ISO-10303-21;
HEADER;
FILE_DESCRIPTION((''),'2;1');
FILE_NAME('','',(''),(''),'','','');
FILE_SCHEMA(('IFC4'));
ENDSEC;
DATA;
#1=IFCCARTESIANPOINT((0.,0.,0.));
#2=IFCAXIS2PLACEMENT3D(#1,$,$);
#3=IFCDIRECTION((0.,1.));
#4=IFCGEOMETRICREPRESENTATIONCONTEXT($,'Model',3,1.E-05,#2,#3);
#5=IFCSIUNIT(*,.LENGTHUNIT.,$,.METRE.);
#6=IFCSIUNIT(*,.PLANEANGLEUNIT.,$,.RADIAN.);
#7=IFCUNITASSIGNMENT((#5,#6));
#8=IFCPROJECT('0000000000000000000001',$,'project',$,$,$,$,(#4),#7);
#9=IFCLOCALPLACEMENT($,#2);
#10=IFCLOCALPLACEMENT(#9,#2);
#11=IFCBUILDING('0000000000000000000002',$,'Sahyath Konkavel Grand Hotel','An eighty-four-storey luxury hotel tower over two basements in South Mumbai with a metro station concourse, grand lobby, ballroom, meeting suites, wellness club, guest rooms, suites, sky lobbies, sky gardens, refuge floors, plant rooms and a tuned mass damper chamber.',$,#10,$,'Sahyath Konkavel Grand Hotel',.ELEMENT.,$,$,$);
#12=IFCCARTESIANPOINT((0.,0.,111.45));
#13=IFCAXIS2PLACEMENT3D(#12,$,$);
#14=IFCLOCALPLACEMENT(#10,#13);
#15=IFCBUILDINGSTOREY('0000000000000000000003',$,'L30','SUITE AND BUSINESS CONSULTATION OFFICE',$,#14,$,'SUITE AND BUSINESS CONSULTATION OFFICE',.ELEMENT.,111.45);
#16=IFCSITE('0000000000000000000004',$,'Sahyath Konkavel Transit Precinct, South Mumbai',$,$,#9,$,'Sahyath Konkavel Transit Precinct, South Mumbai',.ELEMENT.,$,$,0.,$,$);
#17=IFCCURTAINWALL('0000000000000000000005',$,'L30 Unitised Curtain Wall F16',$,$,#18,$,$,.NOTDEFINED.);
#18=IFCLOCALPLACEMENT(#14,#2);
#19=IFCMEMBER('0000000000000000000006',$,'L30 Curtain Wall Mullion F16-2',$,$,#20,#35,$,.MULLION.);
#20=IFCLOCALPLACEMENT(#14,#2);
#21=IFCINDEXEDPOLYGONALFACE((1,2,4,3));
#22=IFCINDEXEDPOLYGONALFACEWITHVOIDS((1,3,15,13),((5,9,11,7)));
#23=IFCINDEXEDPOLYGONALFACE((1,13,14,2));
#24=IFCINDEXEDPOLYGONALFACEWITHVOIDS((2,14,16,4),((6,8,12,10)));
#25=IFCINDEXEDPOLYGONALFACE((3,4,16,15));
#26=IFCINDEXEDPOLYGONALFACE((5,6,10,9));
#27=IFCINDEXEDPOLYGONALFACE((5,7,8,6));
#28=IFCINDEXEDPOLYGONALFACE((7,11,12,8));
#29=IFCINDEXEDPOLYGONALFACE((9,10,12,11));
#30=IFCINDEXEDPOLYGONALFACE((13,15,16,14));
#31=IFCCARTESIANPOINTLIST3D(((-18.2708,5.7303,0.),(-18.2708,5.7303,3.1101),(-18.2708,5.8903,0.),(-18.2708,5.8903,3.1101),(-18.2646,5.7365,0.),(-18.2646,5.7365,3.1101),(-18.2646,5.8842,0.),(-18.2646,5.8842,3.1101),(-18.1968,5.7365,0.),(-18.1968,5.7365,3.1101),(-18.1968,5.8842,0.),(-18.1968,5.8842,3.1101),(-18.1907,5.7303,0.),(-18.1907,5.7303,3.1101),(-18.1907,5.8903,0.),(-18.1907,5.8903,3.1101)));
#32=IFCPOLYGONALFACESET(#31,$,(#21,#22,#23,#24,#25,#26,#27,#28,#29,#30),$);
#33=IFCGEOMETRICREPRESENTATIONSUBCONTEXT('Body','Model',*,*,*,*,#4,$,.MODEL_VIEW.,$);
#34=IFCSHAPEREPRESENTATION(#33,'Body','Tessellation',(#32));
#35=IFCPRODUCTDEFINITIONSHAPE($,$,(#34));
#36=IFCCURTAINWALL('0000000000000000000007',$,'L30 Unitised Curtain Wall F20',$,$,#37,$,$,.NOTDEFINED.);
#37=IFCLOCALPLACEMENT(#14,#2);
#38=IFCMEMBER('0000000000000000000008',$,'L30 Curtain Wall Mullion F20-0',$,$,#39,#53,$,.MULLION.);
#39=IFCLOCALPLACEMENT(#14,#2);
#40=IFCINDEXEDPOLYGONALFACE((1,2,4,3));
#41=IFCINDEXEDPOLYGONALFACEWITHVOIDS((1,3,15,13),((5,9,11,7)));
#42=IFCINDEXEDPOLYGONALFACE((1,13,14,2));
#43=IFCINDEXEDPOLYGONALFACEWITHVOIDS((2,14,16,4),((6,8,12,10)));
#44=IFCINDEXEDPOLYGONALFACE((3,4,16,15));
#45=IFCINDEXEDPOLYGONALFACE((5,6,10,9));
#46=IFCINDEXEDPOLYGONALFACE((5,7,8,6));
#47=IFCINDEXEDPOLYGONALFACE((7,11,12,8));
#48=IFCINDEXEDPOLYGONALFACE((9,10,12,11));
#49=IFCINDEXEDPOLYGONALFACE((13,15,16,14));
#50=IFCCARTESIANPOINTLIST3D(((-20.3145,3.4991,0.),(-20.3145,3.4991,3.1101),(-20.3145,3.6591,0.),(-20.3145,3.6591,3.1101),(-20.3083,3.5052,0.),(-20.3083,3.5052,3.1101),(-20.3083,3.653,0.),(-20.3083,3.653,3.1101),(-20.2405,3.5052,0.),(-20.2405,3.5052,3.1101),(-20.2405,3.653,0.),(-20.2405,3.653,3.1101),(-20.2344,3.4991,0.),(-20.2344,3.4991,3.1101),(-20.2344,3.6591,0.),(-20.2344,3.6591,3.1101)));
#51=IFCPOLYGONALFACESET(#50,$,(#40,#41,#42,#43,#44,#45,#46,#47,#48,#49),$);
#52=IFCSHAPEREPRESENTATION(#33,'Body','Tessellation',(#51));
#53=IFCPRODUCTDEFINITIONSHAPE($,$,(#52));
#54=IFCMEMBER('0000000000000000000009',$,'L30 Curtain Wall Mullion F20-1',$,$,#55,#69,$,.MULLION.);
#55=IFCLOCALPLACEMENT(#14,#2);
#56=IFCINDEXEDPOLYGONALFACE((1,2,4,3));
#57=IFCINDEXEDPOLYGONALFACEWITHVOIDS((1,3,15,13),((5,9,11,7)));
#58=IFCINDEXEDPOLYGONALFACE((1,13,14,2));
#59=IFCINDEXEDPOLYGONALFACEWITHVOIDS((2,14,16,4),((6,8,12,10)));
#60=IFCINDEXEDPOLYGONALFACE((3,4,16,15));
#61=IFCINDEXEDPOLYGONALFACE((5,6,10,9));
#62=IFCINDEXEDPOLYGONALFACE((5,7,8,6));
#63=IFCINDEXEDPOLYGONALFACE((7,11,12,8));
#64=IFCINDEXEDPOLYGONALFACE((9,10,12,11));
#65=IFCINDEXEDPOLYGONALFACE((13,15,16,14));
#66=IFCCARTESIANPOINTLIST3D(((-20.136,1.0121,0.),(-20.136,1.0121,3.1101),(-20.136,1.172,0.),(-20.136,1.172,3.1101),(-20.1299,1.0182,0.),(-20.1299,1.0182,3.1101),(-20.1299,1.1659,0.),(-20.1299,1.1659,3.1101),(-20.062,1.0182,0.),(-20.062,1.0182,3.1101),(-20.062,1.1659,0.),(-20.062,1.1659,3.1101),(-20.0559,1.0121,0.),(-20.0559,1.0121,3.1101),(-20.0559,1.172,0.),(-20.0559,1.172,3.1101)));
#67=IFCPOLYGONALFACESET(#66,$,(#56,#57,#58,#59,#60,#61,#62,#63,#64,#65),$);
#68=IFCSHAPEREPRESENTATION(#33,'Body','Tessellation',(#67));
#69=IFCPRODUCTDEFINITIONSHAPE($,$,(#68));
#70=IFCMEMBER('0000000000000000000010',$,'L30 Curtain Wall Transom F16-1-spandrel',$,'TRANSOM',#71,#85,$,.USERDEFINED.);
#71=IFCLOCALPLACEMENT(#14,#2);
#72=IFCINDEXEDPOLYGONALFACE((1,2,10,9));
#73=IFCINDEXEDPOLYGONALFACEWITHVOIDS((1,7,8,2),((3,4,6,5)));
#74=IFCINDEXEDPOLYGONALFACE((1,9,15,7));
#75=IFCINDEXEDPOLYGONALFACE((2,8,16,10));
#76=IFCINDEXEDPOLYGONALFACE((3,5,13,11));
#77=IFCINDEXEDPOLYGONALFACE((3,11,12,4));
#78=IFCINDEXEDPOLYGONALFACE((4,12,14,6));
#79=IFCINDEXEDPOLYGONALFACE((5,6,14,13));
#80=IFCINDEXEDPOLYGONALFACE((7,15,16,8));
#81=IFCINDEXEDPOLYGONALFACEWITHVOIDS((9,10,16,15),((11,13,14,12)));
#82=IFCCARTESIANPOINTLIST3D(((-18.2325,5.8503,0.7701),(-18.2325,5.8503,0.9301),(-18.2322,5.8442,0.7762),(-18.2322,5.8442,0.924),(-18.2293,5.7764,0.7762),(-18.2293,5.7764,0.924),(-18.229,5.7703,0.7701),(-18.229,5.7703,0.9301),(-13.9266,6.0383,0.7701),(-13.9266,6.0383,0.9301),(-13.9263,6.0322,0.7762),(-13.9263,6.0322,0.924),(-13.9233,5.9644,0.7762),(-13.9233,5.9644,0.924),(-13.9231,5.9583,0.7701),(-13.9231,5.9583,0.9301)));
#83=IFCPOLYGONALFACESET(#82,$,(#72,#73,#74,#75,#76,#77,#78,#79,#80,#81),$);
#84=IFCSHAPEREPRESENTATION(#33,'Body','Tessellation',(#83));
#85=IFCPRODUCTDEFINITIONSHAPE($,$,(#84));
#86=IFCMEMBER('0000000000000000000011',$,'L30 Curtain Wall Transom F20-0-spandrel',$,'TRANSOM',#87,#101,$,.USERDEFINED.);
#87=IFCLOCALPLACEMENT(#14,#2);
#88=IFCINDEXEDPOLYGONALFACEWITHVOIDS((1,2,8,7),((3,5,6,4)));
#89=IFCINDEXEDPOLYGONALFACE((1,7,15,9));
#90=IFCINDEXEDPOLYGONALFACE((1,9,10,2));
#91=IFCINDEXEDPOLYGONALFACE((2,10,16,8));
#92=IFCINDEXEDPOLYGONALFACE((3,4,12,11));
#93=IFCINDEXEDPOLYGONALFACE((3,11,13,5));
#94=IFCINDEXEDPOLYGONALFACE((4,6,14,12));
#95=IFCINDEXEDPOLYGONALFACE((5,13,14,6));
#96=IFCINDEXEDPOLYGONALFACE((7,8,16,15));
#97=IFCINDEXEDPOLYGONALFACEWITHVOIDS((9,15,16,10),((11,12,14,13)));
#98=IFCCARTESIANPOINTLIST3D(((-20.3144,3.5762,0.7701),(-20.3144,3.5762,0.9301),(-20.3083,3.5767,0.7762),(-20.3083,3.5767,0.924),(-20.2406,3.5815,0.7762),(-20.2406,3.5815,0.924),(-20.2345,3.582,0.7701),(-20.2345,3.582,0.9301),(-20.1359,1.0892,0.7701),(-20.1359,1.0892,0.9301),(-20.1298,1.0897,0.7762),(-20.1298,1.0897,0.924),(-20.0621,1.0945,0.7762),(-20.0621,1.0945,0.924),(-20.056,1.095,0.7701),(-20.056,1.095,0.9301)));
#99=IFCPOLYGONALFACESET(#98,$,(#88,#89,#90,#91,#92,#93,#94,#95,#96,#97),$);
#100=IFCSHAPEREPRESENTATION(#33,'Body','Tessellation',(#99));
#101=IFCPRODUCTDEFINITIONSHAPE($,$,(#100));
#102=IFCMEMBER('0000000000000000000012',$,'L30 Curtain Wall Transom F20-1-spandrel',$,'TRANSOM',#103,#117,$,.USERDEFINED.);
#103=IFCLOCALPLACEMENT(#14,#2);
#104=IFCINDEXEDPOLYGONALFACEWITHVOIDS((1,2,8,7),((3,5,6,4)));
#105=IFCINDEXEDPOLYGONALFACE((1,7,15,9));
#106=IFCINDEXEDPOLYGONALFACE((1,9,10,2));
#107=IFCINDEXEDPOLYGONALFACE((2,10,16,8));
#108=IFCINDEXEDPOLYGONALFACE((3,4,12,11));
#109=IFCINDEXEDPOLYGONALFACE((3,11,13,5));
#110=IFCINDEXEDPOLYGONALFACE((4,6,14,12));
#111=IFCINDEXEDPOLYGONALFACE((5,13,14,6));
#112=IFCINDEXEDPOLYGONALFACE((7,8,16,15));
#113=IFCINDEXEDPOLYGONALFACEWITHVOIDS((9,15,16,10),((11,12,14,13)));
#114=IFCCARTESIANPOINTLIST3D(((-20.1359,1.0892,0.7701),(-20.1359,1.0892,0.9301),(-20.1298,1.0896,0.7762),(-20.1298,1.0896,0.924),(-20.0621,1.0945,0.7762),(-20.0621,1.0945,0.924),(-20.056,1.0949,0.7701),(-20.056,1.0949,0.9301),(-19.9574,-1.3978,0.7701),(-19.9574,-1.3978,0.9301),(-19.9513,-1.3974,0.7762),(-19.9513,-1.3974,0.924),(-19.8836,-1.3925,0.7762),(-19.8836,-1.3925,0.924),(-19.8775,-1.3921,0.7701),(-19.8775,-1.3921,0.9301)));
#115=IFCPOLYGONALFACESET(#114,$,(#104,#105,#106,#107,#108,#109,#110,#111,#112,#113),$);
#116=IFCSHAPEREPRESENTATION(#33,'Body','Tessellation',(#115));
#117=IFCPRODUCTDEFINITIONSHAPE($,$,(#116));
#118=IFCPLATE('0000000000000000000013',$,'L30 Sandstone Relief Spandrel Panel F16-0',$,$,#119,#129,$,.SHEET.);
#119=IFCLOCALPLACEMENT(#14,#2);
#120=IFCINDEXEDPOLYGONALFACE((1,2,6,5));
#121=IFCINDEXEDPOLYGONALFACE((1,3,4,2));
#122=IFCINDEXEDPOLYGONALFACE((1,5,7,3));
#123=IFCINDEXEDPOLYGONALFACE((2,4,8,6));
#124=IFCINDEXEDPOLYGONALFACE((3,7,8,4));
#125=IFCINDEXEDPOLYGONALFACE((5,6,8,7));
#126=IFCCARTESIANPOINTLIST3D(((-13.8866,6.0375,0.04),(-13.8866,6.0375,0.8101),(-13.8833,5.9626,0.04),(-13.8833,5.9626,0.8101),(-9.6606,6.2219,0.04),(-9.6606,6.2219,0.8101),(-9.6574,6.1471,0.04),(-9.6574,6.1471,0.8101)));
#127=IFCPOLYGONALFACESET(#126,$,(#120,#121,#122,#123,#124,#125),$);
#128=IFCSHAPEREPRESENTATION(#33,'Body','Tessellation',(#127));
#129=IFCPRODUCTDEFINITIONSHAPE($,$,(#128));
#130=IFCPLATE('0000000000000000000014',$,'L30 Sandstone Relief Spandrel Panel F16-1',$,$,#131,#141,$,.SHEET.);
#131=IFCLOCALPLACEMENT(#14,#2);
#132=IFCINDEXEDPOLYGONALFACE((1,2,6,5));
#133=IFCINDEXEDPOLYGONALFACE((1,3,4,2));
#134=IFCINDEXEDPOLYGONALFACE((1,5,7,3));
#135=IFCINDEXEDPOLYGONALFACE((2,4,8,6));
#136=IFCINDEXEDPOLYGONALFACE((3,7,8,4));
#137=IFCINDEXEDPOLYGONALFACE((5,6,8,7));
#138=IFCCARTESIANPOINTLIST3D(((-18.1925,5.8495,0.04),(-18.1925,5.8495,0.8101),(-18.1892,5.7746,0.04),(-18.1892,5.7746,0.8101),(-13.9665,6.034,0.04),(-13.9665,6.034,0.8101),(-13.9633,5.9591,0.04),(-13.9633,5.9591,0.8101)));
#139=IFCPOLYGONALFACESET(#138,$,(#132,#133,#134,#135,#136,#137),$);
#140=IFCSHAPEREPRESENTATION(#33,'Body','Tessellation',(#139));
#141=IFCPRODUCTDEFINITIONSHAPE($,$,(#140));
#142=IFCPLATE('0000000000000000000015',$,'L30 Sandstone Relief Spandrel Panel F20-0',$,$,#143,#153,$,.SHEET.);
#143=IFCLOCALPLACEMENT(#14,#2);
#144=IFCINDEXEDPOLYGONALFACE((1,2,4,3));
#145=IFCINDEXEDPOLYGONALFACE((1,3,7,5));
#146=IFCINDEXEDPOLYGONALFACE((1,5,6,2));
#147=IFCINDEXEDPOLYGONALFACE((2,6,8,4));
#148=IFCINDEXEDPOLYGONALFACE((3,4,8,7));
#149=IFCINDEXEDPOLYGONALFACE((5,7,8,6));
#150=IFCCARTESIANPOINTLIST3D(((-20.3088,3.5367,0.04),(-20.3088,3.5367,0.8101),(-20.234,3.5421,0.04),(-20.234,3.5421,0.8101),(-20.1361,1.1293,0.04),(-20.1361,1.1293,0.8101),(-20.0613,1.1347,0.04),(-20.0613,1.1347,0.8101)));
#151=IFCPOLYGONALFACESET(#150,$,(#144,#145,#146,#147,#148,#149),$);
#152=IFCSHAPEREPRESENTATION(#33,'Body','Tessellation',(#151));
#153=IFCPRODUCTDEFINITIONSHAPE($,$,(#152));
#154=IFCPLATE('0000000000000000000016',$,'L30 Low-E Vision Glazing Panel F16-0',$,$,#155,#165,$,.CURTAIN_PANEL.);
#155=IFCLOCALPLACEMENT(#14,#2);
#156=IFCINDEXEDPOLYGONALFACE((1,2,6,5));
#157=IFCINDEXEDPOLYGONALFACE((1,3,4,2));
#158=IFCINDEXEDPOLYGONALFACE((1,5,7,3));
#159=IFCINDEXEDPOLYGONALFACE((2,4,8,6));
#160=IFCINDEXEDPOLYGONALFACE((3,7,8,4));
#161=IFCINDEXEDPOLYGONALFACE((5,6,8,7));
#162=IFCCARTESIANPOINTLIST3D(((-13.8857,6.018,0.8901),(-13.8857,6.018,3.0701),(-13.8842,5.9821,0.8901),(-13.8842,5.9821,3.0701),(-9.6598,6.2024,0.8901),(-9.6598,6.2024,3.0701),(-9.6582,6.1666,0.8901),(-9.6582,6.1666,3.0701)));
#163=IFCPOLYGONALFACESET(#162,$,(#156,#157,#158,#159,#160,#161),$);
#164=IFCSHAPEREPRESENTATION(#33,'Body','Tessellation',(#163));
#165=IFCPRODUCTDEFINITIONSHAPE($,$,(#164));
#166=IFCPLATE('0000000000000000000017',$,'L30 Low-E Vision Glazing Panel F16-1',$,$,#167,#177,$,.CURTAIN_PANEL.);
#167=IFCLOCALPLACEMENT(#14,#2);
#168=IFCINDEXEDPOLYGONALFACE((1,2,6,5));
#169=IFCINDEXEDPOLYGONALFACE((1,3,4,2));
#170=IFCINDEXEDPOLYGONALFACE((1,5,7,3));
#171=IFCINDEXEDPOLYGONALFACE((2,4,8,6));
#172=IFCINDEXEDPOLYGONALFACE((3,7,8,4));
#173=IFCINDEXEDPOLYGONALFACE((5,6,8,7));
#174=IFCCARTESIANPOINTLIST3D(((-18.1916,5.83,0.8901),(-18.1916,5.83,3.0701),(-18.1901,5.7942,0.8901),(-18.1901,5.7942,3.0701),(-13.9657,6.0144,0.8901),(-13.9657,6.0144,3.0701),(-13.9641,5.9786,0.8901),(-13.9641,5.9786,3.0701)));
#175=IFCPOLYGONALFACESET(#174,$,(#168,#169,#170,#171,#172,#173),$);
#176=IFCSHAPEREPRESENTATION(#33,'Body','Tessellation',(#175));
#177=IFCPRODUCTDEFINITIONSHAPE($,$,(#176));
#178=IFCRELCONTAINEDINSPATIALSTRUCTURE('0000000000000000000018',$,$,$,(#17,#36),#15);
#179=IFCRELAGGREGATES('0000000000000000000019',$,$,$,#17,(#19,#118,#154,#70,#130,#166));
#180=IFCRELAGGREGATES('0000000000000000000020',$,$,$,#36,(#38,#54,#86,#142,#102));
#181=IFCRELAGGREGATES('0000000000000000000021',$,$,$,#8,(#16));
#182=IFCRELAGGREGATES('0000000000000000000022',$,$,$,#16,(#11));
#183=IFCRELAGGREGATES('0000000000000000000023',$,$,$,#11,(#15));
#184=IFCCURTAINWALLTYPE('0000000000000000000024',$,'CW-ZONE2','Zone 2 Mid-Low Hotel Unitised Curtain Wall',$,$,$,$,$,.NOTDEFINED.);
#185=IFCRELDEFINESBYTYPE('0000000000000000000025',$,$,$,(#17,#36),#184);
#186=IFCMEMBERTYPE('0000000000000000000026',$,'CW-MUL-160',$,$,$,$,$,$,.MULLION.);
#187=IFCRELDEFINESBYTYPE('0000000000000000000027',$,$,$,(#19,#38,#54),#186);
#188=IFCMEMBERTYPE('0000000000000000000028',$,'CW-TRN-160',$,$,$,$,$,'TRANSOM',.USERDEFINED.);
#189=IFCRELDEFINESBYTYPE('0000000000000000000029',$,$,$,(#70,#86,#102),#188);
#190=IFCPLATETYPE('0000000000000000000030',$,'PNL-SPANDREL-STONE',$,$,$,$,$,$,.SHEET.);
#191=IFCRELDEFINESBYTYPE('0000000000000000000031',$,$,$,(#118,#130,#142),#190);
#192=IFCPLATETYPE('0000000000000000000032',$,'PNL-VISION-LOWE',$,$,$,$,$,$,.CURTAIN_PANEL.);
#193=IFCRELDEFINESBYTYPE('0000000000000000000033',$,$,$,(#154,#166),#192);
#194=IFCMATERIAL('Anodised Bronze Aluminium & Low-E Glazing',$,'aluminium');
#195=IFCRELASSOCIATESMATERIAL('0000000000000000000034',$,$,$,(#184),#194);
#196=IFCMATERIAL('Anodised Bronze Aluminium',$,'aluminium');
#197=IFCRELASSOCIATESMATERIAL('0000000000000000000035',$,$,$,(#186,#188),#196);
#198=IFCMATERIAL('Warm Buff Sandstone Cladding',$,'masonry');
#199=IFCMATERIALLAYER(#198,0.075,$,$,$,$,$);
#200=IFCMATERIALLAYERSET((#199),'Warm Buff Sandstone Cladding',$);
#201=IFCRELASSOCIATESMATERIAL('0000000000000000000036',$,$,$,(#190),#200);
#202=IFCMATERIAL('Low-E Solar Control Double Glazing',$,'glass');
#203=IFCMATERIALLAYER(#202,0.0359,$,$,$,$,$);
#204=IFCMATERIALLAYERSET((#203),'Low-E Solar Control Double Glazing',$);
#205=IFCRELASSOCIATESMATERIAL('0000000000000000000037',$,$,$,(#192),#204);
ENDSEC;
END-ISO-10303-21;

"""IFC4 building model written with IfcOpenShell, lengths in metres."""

from ifc_helpers import new_model, si_unit, direction, frame, origin, origin_2d, place, context, subcontext, project, spatial, rectangle, hollow_rectangle, extrude, source, transform, mapped, material, layer, layer_set, material_profile, profile_set, type_object, element, aggregate, save


model = new_model("IFC4")

# Units and contexts
model_context = context("Model", 3, precision=1e-05, world=origin(), true_north=direction((0.0, 1.0)))
body_context = subcontext(model_context, "Body", "Model", "MODEL_VIEW")
ifc_project = project(units=[si_unit("LENGTHUNIT", "METRE"), si_unit("PLANEANGLEUNIT", "RADIAN")], contexts=[model_context])

# Site, building, storey
site_placement = place(None, origin())
site = spatial("IfcSite", under=ifc_project, at=site_placement, Name="Sahyath Konkavel Transit Precinct, South Mumbai", LongName="Sahyath Konkavel Transit Precinct, South Mumbai", CompositionType="ELEMENT", RefElevation=0.0)
building_placement = place(site_placement, origin())
building = spatial("IfcBuilding", under=site, at=building_placement, Name="Sahyath Konkavel Grand Hotel", Description="An eighty-four-storey luxury hotel tower over two basements in South Mumbai with a metro station concourse, grand lobby, ballroom, meeting suites, wellness club, guest rooms, suites, sky lobbies, sky gardens, refuge floors, plant rooms and a tuned mass damper chamber.", LongName="Sahyath Konkavel Grand Hotel", CompositionType="ELEMENT")
storey_placement = place(building_placement, frame((0.0, 0.0, 111.45)))
storey = spatial("IfcBuildingStorey", under=building, at=storey_placement, Name="L30", Description="SUITE AND BUSINESS CONSULTATION OFFICE", LongName="SUITE AND BUSINESS CONSULTATION OFFICE", CompositionType="ELEMENT", Elevation=111.45)

# Curtain walls, members
ifc_material_1 = material(Name="Anodised Bronze Aluminium & Low-E Glazing", Category="aluminium")
curtain_wall_type = type_object("IfcCurtainWallType", Name="CW-ZONE2", Description="Zone 2 Mid-Low Hotel Unitised Curtain Wall", PredefinedType="NOTDEFINED", material=ifc_material_1)
curtain_wall_1_placement = place(storey_placement, origin())
curtain_wall_1 = element("IfcCurtainWall", 1, at=curtain_wall_1_placement, inside=storey, type_object=curtain_wall_type, Name="L30 Unitised Curtain Wall F16", PredefinedType="NOTDEFINED")
ifc_material_2 = material(Name="Anodised Bronze Aluminium", Category="aluminium")
ifc_material_profile_1 = material_profile(ifc_material_2, hollow_rectangle(XDim=0.0801, YDim=0.1599, WallThickness=0.0061, at=origin_2d()), Name="RHS 160x80x6")
ifc_profile_set_1 = profile_set([ifc_material_profile_1], Name="Anodised Bronze Aluminium")
member_type_1 = type_object("IfcMemberType", Name="CW-MUL-160", PredefinedType="MULLION", material=ifc_profile_set_1)
shared_shape_1 = source(origin(), body_context, "Body", "SweptSolid", [
    extrude(hollow_rectangle(XDim=0.0801, YDim=0.1599, WallThickness=0.0061, at=origin_2d()), origin(), (0.0, 0.0, 1.0), 3.1101),
])
member_1_placement = place(storey_placement, frame((-18.2307, 5.8103, 0.0), z_axis=(0.0, 0.0, 1.0), x_axis=(1.0, 0.0, 0.0)))
member_1 = element("IfcMember", 2, at=member_1_placement, type_object=member_type_1, Name="L30 Curtain Wall Mullion F16-2", PredefinedType="MULLION", context=body_context, shape_type="MappedRepresentation", body=[
    mapped(shared_shape_1, transform((0.0, 0.0, 0.0), scale=1.0)),
])
curtain_wall_2_placement = place(storey_placement, origin())
curtain_wall_2 = element("IfcCurtainWall", 3, at=curtain_wall_2_placement, inside=storey, type_object=curtain_wall_type, Name="L30 Unitised Curtain Wall F20", PredefinedType="NOTDEFINED")
member_2_placement = place(storey_placement, frame((-20.2744, 3.5791, 0.0), z_axis=(0.0, 0.0, 1.0), x_axis=(1.0, 0.0, 0.0)))
member_2 = element("IfcMember", 4, at=member_2_placement, type_object=member_type_1, Name="L30 Curtain Wall Mullion F20-0", PredefinedType="MULLION", context=body_context, shape_type="MappedRepresentation", body=[
    mapped(shared_shape_1, transform((0.0, 0.0, 0.0), scale=1.0)),
])
member_3_placement = place(storey_placement, frame((-20.0959, 1.092, 0.0), z_axis=(0.0, 0.0, 1.0), x_axis=(1.0, 0.0, 0.0)))
member_3 = element("IfcMember", 5, at=member_3_placement, type_object=member_type_1, Name="L30 Curtain Wall Mullion F20-1", PredefinedType="MULLION", context=body_context, shape_type="MappedRepresentation", body=[
    mapped(shared_shape_1, transform((0.0, 0.0, 0.0), scale=1.0)),
])

# Members
ifc_material_profile_2 = material_profile(ifc_material_2, hollow_rectangle(XDim=0.0801, YDim=0.1599, WallThickness=0.0061, at=origin_2d()), Name="RHS 160x80x6")
ifc_profile_set_2 = profile_set([ifc_material_profile_2], Name="Anodised Bronze Aluminium")
member_type_2 = type_object("IfcMemberType", Name="CW-TRN-160", ElementType="TRANSOM", PredefinedType="USERDEFINED", material=ifc_profile_set_2)
shared_shape_2 = source(origin(), body_context, "Body", "SweptSolid", [
    extrude(hollow_rectangle(XDim=0.0801, YDim=0.1599, WallThickness=0.0061, at=origin_2d()), origin(), (0.0, 0.0, 1.0), 4.3101),
])
member_4_placement = place(storey_placement, frame((-13.9248, 5.9983, 0.8501), z_axis=(-0.999048, -0.043617, 0.0), x_axis=(0.043617, -0.999048, 0.0)))
member_4 = element("IfcMember", 6, at=member_4_placement, type_object=member_type_2, Name="L30 Curtain Wall Transom F16-1-spandrel", ObjectType="TRANSOM", PredefinedType="USERDEFINED", context=body_context, shape_type="MappedRepresentation", body=[
    mapped(shared_shape_2, transform((0.0, 0.0, 0.0), scale=1.0)),
])
shared_shape_3 = source(origin(), body_context, "Body", "SweptSolid", [
    extrude(hollow_rectangle(XDim=0.0801, YDim=0.1599, WallThickness=0.0061, at=origin_2d()), origin(), (0.0, 0.0, 1.0), 2.4934),
])
member_5_placement = place(storey_placement, frame((-20.2744, 3.5791, 0.8501), z_axis=(0.071574, -0.997435, 0.0), x_axis=(0.997435, 0.071574, 0.0)))
member_5 = element("IfcMember", 7, at=member_5_placement, type_object=member_type_2, Name="L30 Curtain Wall Transom F20-0-spandrel", ObjectType="TRANSOM", PredefinedType="USERDEFINED", context=body_context, shape_type="MappedRepresentation", body=[
    mapped(shared_shape_3, transform((0.0, 0.0, 0.0), scale=1.0)),
])
member_6_placement = place(storey_placement, frame((-20.0959, 1.092, 0.8501), z_axis=(0.071574, -0.997435, 0.0), x_axis=(0.997435, 0.071574, 0.0)))
member_6 = element("IfcMember", 8, at=member_6_placement, type_object=member_type_2, Name="L30 Curtain Wall Transom F20-1-spandrel", ObjectType="TRANSOM", PredefinedType="USERDEFINED", context=body_context, shape_type="MappedRepresentation", body=[
    mapped(shared_shape_3, transform((0.0, 0.0, 0.0), scale=1.0)),
])

# Plates
ifc_material_3 = material(Name="Warm Buff Sandstone Cladding", Category="masonry")
ifc_layer_1 = layer(ifc_material_3, 0.075)
ifc_layer_set_1 = layer_set([ifc_layer_1], Name="Warm Buff Sandstone Cladding")
plate_type_1 = type_object("IfcPlateType", Name="PNL-SPANDREL-STONE", PredefinedType="SHEET", material=ifc_layer_set_1)
shared_shape_4 = source(origin(), body_context, "Body", "SweptSolid", [
    extrude(rectangle(XDim=4.23, YDim=0.075, at=origin_2d()), origin(), (0.0, 0.0, 1.0), 0.77),
])
plate_1_placement = place(storey_placement, frame((-11.772, 6.0923, 0.04), z_axis=(0.0, 0.0, 1.0), x_axis=(-0.999049, -0.043602, 0.0)))
plate_1 = element("IfcPlate", 9, at=plate_1_placement, type_object=plate_type_1, Name="L30 Sandstone Relief Spandrel Panel F16-0", PredefinedType="SHEET", context=body_context, shape_type="MappedRepresentation", body=[
    mapped(shared_shape_4, transform((0.0, 0.0, 0.0), scale=1.0)),
])
plate_2_placement = place(storey_placement, frame((-16.0779, 5.9043, 0.04), z_axis=(0.0, 0.0, 1.0), x_axis=(-0.999049, -0.043602, 0.0)))
plate_2 = element("IfcPlate", 10, at=plate_2_placement, type_object=plate_type_1, Name="L30 Sandstone Relief Spandrel Panel F16-1", PredefinedType="SHEET", context=body_context, shape_type="MappedRepresentation", body=[
    mapped(shared_shape_4, transform((0.0, 0.0, 0.0), scale=1.0)),
])
shared_shape_5 = source(origin(), body_context, "Body", "SweptSolid", [
    extrude(rectangle(XDim=2.4136, YDim=0.075, at=origin_2d()), origin(), (0.0, 0.0, 1.0), 0.77),
])
plate_3_placement = place(storey_placement, frame((-20.1851, 2.3357, 0.04), z_axis=(0.0, 0.0, 1.0), x_axis=(0.071567, -0.997436, 0.0)))
plate_3 = element("IfcPlate", 11, at=plate_3_placement, type_object=plate_type_1, Name="L30 Sandstone Relief Spandrel Panel F20-0", PredefinedType="SHEET", context=body_context, shape_type="MappedRepresentation", body=[
    mapped(shared_shape_5, transform((0.0, 0.0, 0.0), scale=1.0)),
])
ifc_material_4 = material(Name="Low-E Solar Control Double Glazing", Category="glass")
ifc_layer_2 = layer(ifc_material_4, 0.0359)
ifc_layer_set_2 = layer_set([ifc_layer_2], Name="Low-E Solar Control Double Glazing")
plate_type_2 = type_object("IfcPlateType", Name="PNL-VISION-LOWE", PredefinedType="CURTAIN_PANEL", material=ifc_layer_set_2)
shared_shape_6 = source(origin(), body_context, "Body", "SweptSolid", [
    extrude(rectangle(XDim=4.23, YDim=0.0359, at=origin_2d()), origin(), (0.0, 0.0, 1.0), 2.1799),
])
plate_4_placement = place(storey_placement, frame((-11.772, 6.0923, 0.8901), z_axis=(0.0, 0.0, 1.0), x_axis=(-0.999049, -0.043602, 0.0)))
plate_4 = element("IfcPlate", 12, at=plate_4_placement, type_object=plate_type_2, Name="L30 Low-E Vision Glazing Panel F16-0", PredefinedType="CURTAIN_PANEL", context=body_context, shape_type="MappedRepresentation", body=[
    mapped(shared_shape_6, transform((0.0, 0.0, 0.0), scale=1.0)),
])
plate_5_placement = place(storey_placement, frame((-16.0779, 5.9043, 0.8901), z_axis=(0.0, 0.0, 1.0), x_axis=(-0.999049, -0.043602, 0.0)))
plate_5 = element("IfcPlate", 13, at=plate_5_placement, type_object=plate_type_2, Name="L30 Low-E Vision Glazing Panel F16-1", PredefinedType="CURTAIN_PANEL", context=body_context, shape_type="MappedRepresentation", body=[
    mapped(shared_shape_6, transform((0.0, 0.0, 0.0), scale=1.0)),
])
aggregate(curtain_wall_1, [member_1, plate_1, plate_4, member_4, plate_2, plate_5])
aggregate(curtain_wall_2, [member_2, member_3, member_5, plate_3, member_6])

save(model, "model.ifc")
